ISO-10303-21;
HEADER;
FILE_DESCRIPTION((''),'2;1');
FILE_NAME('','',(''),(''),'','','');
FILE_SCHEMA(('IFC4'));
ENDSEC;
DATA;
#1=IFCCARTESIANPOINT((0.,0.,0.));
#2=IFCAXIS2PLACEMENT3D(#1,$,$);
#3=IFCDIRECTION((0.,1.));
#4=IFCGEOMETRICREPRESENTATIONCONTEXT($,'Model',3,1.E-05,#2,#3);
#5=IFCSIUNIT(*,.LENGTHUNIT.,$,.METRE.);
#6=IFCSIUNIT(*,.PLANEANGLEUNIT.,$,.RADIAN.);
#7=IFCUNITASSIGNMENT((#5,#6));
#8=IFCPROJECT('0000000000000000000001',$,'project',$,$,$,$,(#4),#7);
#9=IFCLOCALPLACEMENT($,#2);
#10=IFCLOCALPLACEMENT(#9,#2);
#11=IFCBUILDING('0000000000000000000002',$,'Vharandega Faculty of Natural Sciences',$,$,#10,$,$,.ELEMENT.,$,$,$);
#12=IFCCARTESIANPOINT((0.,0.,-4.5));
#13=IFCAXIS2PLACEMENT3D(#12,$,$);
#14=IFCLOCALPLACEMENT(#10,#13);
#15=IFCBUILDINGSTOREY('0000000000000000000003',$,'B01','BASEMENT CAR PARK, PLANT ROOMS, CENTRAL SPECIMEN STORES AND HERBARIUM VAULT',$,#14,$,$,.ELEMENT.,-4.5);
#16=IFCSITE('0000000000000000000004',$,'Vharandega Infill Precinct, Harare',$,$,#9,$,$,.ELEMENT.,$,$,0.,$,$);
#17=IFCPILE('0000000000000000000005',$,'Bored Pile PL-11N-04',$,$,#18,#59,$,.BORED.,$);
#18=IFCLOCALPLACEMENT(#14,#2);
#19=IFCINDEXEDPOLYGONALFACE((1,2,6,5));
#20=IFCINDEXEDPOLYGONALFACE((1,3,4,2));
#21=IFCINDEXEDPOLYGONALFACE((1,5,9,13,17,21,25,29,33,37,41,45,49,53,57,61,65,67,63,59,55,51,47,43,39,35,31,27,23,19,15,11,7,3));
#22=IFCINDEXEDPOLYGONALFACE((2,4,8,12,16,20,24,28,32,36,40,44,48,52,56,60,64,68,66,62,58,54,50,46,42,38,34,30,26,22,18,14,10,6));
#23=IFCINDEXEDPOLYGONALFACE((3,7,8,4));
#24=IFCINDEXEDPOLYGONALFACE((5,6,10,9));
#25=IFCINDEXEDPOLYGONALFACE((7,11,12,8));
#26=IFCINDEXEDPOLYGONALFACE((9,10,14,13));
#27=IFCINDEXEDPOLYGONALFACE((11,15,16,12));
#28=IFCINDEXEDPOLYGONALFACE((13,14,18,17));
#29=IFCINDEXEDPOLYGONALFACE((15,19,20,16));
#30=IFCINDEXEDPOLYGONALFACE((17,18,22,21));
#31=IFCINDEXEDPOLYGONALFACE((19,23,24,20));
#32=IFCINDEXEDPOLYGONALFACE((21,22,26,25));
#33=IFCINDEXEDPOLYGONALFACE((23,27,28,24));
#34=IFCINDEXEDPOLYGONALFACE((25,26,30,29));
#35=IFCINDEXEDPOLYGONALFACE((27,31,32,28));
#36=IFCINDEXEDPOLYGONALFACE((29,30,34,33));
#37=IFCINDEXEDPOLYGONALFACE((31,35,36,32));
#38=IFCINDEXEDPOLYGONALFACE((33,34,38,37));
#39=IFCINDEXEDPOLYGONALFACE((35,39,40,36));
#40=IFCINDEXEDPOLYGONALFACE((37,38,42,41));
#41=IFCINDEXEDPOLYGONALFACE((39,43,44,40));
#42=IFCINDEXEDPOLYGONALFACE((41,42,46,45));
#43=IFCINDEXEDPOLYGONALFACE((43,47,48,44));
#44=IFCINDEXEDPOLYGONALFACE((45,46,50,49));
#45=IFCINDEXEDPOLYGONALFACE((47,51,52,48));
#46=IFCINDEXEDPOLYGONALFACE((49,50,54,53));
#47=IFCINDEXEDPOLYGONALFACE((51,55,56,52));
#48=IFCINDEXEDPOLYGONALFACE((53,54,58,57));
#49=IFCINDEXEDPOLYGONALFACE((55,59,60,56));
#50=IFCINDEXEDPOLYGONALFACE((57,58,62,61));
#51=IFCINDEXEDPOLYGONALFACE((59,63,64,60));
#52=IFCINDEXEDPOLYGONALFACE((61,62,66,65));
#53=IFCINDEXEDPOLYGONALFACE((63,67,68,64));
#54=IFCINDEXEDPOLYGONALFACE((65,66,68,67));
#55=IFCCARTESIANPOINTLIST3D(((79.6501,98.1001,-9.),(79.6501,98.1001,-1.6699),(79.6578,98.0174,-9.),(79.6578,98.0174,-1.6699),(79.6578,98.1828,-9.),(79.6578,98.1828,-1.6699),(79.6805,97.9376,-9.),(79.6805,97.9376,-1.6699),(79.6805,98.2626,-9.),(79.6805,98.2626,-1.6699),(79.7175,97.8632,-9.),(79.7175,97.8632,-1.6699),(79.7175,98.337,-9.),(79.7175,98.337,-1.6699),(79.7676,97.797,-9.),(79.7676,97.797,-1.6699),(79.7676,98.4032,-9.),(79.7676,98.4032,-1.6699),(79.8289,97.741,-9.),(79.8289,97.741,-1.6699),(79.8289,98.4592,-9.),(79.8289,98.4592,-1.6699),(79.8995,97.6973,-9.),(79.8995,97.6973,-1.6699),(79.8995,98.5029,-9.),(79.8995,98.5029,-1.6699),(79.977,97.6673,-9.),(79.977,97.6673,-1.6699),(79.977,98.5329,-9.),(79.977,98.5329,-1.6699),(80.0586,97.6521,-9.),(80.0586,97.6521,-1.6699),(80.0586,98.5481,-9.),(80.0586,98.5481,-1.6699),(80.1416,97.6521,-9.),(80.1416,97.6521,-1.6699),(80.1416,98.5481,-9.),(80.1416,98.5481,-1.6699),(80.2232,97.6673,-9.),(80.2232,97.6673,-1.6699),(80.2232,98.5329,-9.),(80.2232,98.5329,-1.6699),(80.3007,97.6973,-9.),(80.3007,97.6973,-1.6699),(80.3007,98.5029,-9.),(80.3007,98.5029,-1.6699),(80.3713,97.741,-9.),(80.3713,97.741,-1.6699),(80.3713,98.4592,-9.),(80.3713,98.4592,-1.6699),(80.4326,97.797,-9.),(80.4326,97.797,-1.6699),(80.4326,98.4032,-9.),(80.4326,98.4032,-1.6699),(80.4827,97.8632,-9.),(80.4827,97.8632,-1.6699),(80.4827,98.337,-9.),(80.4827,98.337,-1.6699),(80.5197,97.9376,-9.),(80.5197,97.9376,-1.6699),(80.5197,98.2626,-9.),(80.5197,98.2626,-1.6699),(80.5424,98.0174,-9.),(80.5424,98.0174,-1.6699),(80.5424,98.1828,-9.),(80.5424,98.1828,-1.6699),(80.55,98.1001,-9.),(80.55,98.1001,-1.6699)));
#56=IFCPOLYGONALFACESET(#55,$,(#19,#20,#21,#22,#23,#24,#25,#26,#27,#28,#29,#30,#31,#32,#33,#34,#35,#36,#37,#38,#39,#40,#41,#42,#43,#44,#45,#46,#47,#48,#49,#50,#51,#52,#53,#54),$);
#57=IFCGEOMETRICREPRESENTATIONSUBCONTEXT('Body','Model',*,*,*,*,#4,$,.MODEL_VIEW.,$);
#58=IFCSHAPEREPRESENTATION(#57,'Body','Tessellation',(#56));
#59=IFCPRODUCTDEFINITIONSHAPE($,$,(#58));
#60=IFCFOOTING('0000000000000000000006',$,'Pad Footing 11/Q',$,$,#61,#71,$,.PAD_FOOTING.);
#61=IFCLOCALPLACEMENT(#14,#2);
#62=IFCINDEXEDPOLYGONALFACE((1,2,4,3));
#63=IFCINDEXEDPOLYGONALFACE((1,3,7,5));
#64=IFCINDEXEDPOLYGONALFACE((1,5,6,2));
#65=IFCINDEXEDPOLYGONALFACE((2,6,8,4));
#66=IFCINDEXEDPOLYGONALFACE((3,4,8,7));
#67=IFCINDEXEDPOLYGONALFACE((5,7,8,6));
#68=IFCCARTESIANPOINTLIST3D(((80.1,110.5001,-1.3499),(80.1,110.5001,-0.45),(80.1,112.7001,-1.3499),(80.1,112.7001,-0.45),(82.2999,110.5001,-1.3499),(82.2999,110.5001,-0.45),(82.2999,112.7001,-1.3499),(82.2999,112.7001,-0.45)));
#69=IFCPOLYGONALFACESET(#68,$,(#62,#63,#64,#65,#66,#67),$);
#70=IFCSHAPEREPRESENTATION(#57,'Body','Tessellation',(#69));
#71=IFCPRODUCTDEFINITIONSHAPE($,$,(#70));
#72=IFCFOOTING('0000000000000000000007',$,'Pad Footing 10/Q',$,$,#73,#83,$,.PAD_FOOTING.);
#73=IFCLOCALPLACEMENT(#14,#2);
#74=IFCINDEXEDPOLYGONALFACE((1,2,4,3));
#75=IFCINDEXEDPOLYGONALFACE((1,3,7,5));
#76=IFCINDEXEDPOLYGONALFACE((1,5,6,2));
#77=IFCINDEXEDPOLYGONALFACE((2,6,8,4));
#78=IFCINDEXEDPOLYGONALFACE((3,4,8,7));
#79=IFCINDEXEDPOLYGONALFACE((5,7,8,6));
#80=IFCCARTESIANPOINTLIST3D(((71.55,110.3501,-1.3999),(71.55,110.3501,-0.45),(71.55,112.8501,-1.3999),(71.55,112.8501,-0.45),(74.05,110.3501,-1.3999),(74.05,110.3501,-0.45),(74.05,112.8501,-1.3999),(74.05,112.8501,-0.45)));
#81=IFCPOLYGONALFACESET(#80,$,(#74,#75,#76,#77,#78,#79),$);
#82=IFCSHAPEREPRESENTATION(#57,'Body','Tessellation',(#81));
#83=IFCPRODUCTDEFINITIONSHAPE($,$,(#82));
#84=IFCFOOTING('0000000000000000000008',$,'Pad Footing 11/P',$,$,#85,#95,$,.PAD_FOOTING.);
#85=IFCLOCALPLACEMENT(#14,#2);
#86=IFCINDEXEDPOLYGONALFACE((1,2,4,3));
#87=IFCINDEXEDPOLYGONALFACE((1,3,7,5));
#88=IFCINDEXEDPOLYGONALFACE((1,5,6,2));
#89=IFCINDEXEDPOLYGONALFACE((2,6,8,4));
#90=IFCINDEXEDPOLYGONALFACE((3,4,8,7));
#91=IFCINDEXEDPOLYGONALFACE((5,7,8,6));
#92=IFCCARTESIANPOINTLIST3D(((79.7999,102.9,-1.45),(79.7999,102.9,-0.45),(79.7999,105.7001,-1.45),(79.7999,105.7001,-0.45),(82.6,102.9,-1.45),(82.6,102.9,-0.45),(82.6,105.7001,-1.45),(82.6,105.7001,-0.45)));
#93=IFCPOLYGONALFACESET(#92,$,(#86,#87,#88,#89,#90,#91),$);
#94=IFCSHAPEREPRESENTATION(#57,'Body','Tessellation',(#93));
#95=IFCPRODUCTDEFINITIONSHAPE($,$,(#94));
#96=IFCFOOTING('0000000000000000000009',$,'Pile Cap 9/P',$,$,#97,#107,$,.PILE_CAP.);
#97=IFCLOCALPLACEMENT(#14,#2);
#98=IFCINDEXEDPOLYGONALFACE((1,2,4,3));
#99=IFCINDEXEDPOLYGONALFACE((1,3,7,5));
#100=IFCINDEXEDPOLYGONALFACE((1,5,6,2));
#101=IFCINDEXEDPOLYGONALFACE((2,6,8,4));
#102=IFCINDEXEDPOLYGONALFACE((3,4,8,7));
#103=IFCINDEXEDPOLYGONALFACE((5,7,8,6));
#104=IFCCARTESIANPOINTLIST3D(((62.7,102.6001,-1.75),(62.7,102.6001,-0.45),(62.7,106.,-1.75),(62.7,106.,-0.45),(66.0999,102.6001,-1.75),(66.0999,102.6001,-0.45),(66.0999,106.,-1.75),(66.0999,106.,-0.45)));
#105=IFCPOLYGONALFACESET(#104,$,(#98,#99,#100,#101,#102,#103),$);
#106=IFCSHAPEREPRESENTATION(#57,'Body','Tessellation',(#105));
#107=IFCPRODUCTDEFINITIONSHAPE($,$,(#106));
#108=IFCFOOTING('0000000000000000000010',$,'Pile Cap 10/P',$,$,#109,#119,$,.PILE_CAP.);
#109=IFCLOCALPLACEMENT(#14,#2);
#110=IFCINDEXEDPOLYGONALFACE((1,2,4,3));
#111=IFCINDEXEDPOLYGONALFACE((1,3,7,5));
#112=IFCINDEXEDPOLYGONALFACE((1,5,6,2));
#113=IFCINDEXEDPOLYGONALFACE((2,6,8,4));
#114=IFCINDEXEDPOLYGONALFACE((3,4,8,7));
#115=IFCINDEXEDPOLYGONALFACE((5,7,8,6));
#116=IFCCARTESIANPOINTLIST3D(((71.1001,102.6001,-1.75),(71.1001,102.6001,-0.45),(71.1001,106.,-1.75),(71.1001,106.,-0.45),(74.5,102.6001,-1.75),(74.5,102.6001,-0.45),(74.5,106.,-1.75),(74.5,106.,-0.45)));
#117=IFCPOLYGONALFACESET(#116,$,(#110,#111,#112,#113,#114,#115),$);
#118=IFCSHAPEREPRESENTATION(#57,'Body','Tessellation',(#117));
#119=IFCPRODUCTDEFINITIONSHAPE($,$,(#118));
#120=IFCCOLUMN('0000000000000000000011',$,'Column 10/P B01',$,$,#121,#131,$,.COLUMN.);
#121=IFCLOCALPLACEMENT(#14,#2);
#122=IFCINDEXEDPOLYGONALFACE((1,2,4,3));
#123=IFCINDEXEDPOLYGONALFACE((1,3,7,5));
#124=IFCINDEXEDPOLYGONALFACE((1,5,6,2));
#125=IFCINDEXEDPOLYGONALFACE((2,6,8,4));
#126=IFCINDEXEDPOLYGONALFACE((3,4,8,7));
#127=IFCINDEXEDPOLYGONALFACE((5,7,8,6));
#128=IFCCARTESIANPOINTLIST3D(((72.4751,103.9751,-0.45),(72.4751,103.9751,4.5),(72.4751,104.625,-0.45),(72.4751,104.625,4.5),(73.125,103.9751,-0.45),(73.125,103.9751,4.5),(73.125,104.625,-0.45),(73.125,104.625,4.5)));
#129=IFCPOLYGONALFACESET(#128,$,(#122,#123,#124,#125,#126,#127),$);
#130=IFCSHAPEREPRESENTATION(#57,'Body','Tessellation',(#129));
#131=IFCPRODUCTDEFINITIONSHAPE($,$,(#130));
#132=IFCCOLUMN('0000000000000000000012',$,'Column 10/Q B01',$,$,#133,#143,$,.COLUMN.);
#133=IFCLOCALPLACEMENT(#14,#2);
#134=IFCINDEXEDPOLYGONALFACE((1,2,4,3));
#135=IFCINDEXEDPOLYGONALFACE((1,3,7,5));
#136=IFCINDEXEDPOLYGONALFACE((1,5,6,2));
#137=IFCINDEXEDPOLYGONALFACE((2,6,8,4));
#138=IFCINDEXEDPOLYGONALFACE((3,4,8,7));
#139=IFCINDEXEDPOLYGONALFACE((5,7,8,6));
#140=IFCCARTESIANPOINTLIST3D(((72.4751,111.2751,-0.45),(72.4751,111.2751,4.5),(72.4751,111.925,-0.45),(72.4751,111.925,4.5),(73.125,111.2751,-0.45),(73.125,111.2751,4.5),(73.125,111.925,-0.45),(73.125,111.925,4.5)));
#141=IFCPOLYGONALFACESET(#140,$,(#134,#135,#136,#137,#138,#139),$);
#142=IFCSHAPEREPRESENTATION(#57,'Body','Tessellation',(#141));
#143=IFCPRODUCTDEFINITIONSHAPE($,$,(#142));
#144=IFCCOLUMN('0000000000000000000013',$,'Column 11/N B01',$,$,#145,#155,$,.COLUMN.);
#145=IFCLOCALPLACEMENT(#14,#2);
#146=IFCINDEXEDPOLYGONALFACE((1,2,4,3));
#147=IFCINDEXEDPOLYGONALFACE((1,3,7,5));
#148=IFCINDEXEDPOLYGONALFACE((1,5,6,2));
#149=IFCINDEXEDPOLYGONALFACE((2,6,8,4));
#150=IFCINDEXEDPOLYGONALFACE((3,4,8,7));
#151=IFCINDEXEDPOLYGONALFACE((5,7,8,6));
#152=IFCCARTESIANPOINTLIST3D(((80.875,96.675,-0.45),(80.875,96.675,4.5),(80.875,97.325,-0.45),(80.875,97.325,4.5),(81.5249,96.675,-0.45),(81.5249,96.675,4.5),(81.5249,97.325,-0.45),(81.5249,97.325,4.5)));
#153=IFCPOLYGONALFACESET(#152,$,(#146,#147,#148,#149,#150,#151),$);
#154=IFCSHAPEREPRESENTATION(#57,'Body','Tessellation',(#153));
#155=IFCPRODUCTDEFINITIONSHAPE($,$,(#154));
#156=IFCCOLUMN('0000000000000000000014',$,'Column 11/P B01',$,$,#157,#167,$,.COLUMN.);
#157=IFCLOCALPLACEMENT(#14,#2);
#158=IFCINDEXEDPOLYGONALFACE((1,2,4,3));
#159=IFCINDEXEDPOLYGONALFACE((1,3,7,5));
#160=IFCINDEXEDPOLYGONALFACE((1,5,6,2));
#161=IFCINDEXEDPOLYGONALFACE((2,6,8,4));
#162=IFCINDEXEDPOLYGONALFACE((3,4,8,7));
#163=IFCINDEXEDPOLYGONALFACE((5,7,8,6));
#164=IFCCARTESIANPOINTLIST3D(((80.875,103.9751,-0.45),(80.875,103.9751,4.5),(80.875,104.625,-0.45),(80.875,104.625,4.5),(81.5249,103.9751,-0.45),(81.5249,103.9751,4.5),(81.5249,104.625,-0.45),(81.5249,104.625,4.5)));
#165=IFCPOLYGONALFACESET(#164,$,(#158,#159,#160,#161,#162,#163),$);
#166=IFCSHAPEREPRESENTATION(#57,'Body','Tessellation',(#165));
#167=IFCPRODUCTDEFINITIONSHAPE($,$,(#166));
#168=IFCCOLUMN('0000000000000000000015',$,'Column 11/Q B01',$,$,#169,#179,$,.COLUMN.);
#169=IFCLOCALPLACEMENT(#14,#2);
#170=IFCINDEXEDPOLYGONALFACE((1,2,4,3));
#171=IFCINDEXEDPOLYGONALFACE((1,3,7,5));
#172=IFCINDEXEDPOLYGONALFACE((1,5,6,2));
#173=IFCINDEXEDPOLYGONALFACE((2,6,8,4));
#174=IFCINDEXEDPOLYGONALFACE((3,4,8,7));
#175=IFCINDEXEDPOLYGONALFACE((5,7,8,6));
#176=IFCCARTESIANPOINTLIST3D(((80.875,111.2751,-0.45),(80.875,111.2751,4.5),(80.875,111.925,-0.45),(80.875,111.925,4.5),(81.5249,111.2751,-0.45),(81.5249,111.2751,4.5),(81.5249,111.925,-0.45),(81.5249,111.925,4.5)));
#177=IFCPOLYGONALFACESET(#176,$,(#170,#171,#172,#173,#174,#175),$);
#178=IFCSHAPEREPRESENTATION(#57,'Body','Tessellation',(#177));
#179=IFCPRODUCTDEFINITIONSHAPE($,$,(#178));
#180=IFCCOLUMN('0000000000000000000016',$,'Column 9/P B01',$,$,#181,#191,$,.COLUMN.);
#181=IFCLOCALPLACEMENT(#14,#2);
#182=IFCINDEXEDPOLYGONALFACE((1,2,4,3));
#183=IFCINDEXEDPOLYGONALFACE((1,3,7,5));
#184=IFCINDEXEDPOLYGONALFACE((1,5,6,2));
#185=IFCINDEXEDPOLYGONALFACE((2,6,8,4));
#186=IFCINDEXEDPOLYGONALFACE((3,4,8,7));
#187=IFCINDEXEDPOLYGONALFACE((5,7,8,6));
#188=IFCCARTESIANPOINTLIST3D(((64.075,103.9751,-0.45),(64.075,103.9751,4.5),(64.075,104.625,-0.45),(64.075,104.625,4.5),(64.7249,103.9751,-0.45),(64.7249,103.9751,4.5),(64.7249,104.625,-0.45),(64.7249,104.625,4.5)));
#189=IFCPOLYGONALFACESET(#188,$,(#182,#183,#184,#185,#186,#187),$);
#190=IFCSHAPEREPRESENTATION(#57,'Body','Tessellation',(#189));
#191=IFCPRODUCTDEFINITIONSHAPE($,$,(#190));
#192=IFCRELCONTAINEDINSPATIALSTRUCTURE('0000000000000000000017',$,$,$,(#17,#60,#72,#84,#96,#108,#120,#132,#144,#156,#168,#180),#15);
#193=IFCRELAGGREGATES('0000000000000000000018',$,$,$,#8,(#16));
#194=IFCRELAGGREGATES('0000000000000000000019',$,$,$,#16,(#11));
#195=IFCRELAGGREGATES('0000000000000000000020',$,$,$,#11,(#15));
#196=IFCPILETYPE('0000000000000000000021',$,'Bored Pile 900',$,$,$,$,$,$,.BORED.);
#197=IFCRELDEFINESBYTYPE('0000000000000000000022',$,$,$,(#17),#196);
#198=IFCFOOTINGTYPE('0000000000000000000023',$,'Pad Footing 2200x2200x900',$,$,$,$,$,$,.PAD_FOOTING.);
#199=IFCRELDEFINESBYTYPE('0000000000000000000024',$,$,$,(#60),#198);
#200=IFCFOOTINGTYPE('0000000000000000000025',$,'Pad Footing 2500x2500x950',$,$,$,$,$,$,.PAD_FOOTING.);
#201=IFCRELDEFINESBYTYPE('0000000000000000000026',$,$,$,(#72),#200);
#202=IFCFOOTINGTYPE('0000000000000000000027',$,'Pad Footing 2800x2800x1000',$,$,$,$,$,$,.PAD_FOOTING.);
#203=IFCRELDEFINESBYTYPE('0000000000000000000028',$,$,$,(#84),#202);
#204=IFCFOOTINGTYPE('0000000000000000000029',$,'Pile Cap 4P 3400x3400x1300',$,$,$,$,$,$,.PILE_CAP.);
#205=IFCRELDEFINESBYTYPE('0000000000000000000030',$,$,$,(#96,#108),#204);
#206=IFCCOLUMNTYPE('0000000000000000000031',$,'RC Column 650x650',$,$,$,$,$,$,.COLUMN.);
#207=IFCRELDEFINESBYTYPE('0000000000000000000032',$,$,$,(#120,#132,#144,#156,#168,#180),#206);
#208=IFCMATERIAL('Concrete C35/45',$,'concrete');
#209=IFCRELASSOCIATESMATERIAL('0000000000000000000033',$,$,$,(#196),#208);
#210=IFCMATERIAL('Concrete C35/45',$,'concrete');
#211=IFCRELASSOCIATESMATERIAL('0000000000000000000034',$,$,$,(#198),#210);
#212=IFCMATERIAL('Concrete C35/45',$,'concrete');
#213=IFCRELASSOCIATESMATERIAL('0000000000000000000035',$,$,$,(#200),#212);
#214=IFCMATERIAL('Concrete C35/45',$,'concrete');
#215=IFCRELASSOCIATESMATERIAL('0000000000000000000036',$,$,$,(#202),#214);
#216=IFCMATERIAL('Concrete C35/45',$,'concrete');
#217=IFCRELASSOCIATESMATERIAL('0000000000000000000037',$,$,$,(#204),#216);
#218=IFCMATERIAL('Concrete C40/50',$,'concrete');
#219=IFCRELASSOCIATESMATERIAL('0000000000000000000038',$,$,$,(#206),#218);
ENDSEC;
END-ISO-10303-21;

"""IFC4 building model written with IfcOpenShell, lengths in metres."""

from ifc_helpers import new_model, si_unit, direction, frame, origin, origin_2d, place, context, subcontext, project, spatial, rectangle, circle, extrude, material, material_profile, profile_set, type_object, element, save


model = new_model("IFC4")

# Units and contexts
model_context = context("Model", 3, precision=1e-05, world=origin(), true_north=direction((0.0, 1.0)))
body_context = subcontext(model_context, "Body", "Model", "MODEL_VIEW")
ifc_project = project(units=[si_unit("LENGTHUNIT", "METRE"), si_unit("PLANEANGLEUNIT", "RADIAN")], contexts=[model_context])

# Site, building, storey
site_placement = place(None, origin())
site = spatial("IfcSite", under=ifc_project, at=site_placement, Name="Vharandega Infill Precinct, Harare", CompositionType="ELEMENT", RefElevation=0.0)
building_placement = place(site_placement, origin())
building = spatial("IfcBuilding", under=site, at=building_placement, Name="Vharandega Faculty of Natural Sciences", CompositionType="ELEMENT")
storey_placement = place(building_placement, frame((0.0, 0.0, -4.5)))
storey = spatial("IfcBuildingStorey", under=building, at=storey_placement, Name="B01", Description="BASEMENT CAR PARK, PLANT ROOMS, CENTRAL SPECIMEN STORES AND HERBARIUM VAULT", CompositionType="ELEMENT", Elevation=-4.5)

# Pile
ifc_material_1 = material(Name="Concrete C35/45", Category="concrete")
ifc_material_profile_1 = material_profile(ifc_material_1, circle(Radius=0.45, at=origin_2d()), Name="PILE 900")
ifc_profile_set_1 = profile_set([ifc_material_profile_1], Name="Concrete C35/45")
pile_type_1 = type_object("IfcPileType", Name="Bored Pile 900", PredefinedType="BORED", material=ifc_profile_set_1)
pile_1_placement = place(storey_placement, frame((80.1001, 98.1001, -1.6699), z_axis=(0.0, 0.0, -1.0), x_axis=(1.0, 0.0, 0.0)))
element("IfcPile", 1, at=pile_1_placement, inside=storey, type_object=pile_type_1, Name="Bored Pile PL-11N-04", PredefinedType="BORED", context=body_context, shape_type="SweptSolid", body=[
    extrude(circle(Radius=0.45, at=origin_2d()), origin(), (0.0, 0.0, 1.0), 7.3301),
])

# Footings
ifc_material_2 = material(Name="Concrete C35/45", Category="concrete")
footing_type_1 = type_object("IfcFootingType", Name="Pad Footing 2200x2200x900", PredefinedType="PAD_FOOTING", material=ifc_material_2)
footing_1_placement = place(storey_placement, frame((81.2, 111.6001, -1.3499), z_axis=(0.0, 0.0, 1.0), x_axis=(1.0, 0.0, 0.0)))
element("IfcFooting", 2, at=footing_1_placement, inside=storey, type_object=footing_type_1, Name="Pad Footing 11/Q", PredefinedType="PAD_FOOTING", context=body_context, shape_type="SweptSolid", body=[
    extrude(rectangle(XDim=2.2, YDim=2.2, at=origin_2d()), origin(), (0.0, 0.0, 1.0), 0.8999),
])
ifc_material_3 = material(Name="Concrete C35/45", Category="concrete")
footing_type_2 = type_object("IfcFootingType", Name="Pad Footing 2500x2500x950", PredefinedType="PAD_FOOTING", material=ifc_material_3)
footing_2_placement = place(storey_placement, frame((72.8, 111.6001, -1.3999), z_axis=(0.0, 0.0, 1.0), x_axis=(1.0, 0.0, 0.0)))
element("IfcFooting", 3, at=footing_2_placement, inside=storey, type_object=footing_type_2, Name="Pad Footing 10/Q", PredefinedType="PAD_FOOTING", context=body_context, shape_type="SweptSolid", body=[
    extrude(rectangle(XDim=2.5, YDim=2.5, at=origin_2d()), origin(), (0.0, 0.0, 1.0), 0.95),
])
ifc_material_4 = material(Name="Concrete C35/45", Category="concrete")
footing_type_3 = type_object("IfcFootingType", Name="Pad Footing 2800x2800x1000", PredefinedType="PAD_FOOTING", material=ifc_material_4)
footing_3_placement = place(storey_placement, frame((81.2, 104.3, -1.45), z_axis=(0.0, 0.0, 1.0), x_axis=(1.0, 0.0, 0.0)))
element("IfcFooting", 4, at=footing_3_placement, inside=storey, type_object=footing_type_3, Name="Pad Footing 11/P", PredefinedType="PAD_FOOTING", context=body_context, shape_type="SweptSolid", body=[
    extrude(rectangle(XDim=2.8, YDim=2.8, at=origin_2d()), origin(), (0.0, 0.0, 1.0), 1.0),
])
ifc_material_5 = material(Name="Concrete C35/45", Category="concrete")
footing_type_4 = type_object("IfcFootingType", Name="Pile Cap 4P 3400x3400x1300", PredefinedType="PILE_CAP", material=ifc_material_5)
for number, where, z_axis, x_axis, name in (
    (5, (64.3999, 104.3, -1.75), (0.0, 0.0, 1.0), (1.0, 0.0, 0.0), "Pile Cap 9/P"),
    (6, (72.8, 104.3, -1.75), (0.0, 0.0, 1.0), (1.0, 0.0, 0.0), "Pile Cap 10/P"),
):
    element("IfcFooting", number, at=place(storey_placement, frame(where, z_axis=z_axis, x_axis=x_axis)), inside=storey, type_object=footing_type_4, Name=name, PredefinedType="PILE_CAP", context=body_context, shape_type="SweptSolid", body=[
        extrude(rectangle(XDim=3.3999, YDim=3.3999, at=origin_2d()), origin(), (0.0, 0.0, 1.0), 1.3),
    ])

# Columns
ifc_material_6 = material(Name="Concrete C40/50", Category="concrete")
ifc_material_profile_2 = material_profile(ifc_material_6, rectangle(XDim=0.6499, YDim=0.6499, at=origin_2d()), Name="RC 650x650")
ifc_profile_set_2 = profile_set([ifc_material_profile_2], Name="Concrete C40/50")
column_type = type_object("IfcColumnType", Name="RC Column 650x650", PredefinedType="COLUMN", material=ifc_profile_set_2)
for number, where, z_axis, x_axis, name in (
    (7, (72.8, 104.3, -0.45), (0.0, 0.0, 1.0), (1.0, 0.0, 0.0), "Column 10/P B01"),
    (8, (72.8, 111.6001, -0.45), (0.0, 0.0, 1.0), (1.0, 0.0, 0.0), "Column 10/Q B01"),
    (9, (81.2, 97.0, -0.45), (0.0, 0.0, 1.0), (1.0, 0.0, 0.0), "Column 11/N B01"),
    (10, (81.2, 104.3, -0.45), (0.0, 0.0, 1.0), (1.0, 0.0, 0.0), "Column 11/P B01"),
    (11, (81.2, 111.6001, -0.45), (0.0, 0.0, 1.0), (1.0, 0.0, 0.0), "Column 11/Q B01"),
    (12, (64.3999, 104.3, -0.45), (0.0, 0.0, 1.0), (1.0, 0.0, 0.0), "Column 9/P B01"),
):
    element("IfcColumn", number, at=place(storey_placement, frame(where, z_axis=z_axis, x_axis=x_axis)), inside=storey, type_object=column_type, Name=name, PredefinedType="COLUMN", context=body_context, shape_type="SweptSolid", body=[
        extrude(rectangle(XDim=0.6499, YDim=0.6499, at=origin_2d()), origin(), (0.0, 0.0, 1.0), 4.95),
    ])

save(model, "model.ifc")
